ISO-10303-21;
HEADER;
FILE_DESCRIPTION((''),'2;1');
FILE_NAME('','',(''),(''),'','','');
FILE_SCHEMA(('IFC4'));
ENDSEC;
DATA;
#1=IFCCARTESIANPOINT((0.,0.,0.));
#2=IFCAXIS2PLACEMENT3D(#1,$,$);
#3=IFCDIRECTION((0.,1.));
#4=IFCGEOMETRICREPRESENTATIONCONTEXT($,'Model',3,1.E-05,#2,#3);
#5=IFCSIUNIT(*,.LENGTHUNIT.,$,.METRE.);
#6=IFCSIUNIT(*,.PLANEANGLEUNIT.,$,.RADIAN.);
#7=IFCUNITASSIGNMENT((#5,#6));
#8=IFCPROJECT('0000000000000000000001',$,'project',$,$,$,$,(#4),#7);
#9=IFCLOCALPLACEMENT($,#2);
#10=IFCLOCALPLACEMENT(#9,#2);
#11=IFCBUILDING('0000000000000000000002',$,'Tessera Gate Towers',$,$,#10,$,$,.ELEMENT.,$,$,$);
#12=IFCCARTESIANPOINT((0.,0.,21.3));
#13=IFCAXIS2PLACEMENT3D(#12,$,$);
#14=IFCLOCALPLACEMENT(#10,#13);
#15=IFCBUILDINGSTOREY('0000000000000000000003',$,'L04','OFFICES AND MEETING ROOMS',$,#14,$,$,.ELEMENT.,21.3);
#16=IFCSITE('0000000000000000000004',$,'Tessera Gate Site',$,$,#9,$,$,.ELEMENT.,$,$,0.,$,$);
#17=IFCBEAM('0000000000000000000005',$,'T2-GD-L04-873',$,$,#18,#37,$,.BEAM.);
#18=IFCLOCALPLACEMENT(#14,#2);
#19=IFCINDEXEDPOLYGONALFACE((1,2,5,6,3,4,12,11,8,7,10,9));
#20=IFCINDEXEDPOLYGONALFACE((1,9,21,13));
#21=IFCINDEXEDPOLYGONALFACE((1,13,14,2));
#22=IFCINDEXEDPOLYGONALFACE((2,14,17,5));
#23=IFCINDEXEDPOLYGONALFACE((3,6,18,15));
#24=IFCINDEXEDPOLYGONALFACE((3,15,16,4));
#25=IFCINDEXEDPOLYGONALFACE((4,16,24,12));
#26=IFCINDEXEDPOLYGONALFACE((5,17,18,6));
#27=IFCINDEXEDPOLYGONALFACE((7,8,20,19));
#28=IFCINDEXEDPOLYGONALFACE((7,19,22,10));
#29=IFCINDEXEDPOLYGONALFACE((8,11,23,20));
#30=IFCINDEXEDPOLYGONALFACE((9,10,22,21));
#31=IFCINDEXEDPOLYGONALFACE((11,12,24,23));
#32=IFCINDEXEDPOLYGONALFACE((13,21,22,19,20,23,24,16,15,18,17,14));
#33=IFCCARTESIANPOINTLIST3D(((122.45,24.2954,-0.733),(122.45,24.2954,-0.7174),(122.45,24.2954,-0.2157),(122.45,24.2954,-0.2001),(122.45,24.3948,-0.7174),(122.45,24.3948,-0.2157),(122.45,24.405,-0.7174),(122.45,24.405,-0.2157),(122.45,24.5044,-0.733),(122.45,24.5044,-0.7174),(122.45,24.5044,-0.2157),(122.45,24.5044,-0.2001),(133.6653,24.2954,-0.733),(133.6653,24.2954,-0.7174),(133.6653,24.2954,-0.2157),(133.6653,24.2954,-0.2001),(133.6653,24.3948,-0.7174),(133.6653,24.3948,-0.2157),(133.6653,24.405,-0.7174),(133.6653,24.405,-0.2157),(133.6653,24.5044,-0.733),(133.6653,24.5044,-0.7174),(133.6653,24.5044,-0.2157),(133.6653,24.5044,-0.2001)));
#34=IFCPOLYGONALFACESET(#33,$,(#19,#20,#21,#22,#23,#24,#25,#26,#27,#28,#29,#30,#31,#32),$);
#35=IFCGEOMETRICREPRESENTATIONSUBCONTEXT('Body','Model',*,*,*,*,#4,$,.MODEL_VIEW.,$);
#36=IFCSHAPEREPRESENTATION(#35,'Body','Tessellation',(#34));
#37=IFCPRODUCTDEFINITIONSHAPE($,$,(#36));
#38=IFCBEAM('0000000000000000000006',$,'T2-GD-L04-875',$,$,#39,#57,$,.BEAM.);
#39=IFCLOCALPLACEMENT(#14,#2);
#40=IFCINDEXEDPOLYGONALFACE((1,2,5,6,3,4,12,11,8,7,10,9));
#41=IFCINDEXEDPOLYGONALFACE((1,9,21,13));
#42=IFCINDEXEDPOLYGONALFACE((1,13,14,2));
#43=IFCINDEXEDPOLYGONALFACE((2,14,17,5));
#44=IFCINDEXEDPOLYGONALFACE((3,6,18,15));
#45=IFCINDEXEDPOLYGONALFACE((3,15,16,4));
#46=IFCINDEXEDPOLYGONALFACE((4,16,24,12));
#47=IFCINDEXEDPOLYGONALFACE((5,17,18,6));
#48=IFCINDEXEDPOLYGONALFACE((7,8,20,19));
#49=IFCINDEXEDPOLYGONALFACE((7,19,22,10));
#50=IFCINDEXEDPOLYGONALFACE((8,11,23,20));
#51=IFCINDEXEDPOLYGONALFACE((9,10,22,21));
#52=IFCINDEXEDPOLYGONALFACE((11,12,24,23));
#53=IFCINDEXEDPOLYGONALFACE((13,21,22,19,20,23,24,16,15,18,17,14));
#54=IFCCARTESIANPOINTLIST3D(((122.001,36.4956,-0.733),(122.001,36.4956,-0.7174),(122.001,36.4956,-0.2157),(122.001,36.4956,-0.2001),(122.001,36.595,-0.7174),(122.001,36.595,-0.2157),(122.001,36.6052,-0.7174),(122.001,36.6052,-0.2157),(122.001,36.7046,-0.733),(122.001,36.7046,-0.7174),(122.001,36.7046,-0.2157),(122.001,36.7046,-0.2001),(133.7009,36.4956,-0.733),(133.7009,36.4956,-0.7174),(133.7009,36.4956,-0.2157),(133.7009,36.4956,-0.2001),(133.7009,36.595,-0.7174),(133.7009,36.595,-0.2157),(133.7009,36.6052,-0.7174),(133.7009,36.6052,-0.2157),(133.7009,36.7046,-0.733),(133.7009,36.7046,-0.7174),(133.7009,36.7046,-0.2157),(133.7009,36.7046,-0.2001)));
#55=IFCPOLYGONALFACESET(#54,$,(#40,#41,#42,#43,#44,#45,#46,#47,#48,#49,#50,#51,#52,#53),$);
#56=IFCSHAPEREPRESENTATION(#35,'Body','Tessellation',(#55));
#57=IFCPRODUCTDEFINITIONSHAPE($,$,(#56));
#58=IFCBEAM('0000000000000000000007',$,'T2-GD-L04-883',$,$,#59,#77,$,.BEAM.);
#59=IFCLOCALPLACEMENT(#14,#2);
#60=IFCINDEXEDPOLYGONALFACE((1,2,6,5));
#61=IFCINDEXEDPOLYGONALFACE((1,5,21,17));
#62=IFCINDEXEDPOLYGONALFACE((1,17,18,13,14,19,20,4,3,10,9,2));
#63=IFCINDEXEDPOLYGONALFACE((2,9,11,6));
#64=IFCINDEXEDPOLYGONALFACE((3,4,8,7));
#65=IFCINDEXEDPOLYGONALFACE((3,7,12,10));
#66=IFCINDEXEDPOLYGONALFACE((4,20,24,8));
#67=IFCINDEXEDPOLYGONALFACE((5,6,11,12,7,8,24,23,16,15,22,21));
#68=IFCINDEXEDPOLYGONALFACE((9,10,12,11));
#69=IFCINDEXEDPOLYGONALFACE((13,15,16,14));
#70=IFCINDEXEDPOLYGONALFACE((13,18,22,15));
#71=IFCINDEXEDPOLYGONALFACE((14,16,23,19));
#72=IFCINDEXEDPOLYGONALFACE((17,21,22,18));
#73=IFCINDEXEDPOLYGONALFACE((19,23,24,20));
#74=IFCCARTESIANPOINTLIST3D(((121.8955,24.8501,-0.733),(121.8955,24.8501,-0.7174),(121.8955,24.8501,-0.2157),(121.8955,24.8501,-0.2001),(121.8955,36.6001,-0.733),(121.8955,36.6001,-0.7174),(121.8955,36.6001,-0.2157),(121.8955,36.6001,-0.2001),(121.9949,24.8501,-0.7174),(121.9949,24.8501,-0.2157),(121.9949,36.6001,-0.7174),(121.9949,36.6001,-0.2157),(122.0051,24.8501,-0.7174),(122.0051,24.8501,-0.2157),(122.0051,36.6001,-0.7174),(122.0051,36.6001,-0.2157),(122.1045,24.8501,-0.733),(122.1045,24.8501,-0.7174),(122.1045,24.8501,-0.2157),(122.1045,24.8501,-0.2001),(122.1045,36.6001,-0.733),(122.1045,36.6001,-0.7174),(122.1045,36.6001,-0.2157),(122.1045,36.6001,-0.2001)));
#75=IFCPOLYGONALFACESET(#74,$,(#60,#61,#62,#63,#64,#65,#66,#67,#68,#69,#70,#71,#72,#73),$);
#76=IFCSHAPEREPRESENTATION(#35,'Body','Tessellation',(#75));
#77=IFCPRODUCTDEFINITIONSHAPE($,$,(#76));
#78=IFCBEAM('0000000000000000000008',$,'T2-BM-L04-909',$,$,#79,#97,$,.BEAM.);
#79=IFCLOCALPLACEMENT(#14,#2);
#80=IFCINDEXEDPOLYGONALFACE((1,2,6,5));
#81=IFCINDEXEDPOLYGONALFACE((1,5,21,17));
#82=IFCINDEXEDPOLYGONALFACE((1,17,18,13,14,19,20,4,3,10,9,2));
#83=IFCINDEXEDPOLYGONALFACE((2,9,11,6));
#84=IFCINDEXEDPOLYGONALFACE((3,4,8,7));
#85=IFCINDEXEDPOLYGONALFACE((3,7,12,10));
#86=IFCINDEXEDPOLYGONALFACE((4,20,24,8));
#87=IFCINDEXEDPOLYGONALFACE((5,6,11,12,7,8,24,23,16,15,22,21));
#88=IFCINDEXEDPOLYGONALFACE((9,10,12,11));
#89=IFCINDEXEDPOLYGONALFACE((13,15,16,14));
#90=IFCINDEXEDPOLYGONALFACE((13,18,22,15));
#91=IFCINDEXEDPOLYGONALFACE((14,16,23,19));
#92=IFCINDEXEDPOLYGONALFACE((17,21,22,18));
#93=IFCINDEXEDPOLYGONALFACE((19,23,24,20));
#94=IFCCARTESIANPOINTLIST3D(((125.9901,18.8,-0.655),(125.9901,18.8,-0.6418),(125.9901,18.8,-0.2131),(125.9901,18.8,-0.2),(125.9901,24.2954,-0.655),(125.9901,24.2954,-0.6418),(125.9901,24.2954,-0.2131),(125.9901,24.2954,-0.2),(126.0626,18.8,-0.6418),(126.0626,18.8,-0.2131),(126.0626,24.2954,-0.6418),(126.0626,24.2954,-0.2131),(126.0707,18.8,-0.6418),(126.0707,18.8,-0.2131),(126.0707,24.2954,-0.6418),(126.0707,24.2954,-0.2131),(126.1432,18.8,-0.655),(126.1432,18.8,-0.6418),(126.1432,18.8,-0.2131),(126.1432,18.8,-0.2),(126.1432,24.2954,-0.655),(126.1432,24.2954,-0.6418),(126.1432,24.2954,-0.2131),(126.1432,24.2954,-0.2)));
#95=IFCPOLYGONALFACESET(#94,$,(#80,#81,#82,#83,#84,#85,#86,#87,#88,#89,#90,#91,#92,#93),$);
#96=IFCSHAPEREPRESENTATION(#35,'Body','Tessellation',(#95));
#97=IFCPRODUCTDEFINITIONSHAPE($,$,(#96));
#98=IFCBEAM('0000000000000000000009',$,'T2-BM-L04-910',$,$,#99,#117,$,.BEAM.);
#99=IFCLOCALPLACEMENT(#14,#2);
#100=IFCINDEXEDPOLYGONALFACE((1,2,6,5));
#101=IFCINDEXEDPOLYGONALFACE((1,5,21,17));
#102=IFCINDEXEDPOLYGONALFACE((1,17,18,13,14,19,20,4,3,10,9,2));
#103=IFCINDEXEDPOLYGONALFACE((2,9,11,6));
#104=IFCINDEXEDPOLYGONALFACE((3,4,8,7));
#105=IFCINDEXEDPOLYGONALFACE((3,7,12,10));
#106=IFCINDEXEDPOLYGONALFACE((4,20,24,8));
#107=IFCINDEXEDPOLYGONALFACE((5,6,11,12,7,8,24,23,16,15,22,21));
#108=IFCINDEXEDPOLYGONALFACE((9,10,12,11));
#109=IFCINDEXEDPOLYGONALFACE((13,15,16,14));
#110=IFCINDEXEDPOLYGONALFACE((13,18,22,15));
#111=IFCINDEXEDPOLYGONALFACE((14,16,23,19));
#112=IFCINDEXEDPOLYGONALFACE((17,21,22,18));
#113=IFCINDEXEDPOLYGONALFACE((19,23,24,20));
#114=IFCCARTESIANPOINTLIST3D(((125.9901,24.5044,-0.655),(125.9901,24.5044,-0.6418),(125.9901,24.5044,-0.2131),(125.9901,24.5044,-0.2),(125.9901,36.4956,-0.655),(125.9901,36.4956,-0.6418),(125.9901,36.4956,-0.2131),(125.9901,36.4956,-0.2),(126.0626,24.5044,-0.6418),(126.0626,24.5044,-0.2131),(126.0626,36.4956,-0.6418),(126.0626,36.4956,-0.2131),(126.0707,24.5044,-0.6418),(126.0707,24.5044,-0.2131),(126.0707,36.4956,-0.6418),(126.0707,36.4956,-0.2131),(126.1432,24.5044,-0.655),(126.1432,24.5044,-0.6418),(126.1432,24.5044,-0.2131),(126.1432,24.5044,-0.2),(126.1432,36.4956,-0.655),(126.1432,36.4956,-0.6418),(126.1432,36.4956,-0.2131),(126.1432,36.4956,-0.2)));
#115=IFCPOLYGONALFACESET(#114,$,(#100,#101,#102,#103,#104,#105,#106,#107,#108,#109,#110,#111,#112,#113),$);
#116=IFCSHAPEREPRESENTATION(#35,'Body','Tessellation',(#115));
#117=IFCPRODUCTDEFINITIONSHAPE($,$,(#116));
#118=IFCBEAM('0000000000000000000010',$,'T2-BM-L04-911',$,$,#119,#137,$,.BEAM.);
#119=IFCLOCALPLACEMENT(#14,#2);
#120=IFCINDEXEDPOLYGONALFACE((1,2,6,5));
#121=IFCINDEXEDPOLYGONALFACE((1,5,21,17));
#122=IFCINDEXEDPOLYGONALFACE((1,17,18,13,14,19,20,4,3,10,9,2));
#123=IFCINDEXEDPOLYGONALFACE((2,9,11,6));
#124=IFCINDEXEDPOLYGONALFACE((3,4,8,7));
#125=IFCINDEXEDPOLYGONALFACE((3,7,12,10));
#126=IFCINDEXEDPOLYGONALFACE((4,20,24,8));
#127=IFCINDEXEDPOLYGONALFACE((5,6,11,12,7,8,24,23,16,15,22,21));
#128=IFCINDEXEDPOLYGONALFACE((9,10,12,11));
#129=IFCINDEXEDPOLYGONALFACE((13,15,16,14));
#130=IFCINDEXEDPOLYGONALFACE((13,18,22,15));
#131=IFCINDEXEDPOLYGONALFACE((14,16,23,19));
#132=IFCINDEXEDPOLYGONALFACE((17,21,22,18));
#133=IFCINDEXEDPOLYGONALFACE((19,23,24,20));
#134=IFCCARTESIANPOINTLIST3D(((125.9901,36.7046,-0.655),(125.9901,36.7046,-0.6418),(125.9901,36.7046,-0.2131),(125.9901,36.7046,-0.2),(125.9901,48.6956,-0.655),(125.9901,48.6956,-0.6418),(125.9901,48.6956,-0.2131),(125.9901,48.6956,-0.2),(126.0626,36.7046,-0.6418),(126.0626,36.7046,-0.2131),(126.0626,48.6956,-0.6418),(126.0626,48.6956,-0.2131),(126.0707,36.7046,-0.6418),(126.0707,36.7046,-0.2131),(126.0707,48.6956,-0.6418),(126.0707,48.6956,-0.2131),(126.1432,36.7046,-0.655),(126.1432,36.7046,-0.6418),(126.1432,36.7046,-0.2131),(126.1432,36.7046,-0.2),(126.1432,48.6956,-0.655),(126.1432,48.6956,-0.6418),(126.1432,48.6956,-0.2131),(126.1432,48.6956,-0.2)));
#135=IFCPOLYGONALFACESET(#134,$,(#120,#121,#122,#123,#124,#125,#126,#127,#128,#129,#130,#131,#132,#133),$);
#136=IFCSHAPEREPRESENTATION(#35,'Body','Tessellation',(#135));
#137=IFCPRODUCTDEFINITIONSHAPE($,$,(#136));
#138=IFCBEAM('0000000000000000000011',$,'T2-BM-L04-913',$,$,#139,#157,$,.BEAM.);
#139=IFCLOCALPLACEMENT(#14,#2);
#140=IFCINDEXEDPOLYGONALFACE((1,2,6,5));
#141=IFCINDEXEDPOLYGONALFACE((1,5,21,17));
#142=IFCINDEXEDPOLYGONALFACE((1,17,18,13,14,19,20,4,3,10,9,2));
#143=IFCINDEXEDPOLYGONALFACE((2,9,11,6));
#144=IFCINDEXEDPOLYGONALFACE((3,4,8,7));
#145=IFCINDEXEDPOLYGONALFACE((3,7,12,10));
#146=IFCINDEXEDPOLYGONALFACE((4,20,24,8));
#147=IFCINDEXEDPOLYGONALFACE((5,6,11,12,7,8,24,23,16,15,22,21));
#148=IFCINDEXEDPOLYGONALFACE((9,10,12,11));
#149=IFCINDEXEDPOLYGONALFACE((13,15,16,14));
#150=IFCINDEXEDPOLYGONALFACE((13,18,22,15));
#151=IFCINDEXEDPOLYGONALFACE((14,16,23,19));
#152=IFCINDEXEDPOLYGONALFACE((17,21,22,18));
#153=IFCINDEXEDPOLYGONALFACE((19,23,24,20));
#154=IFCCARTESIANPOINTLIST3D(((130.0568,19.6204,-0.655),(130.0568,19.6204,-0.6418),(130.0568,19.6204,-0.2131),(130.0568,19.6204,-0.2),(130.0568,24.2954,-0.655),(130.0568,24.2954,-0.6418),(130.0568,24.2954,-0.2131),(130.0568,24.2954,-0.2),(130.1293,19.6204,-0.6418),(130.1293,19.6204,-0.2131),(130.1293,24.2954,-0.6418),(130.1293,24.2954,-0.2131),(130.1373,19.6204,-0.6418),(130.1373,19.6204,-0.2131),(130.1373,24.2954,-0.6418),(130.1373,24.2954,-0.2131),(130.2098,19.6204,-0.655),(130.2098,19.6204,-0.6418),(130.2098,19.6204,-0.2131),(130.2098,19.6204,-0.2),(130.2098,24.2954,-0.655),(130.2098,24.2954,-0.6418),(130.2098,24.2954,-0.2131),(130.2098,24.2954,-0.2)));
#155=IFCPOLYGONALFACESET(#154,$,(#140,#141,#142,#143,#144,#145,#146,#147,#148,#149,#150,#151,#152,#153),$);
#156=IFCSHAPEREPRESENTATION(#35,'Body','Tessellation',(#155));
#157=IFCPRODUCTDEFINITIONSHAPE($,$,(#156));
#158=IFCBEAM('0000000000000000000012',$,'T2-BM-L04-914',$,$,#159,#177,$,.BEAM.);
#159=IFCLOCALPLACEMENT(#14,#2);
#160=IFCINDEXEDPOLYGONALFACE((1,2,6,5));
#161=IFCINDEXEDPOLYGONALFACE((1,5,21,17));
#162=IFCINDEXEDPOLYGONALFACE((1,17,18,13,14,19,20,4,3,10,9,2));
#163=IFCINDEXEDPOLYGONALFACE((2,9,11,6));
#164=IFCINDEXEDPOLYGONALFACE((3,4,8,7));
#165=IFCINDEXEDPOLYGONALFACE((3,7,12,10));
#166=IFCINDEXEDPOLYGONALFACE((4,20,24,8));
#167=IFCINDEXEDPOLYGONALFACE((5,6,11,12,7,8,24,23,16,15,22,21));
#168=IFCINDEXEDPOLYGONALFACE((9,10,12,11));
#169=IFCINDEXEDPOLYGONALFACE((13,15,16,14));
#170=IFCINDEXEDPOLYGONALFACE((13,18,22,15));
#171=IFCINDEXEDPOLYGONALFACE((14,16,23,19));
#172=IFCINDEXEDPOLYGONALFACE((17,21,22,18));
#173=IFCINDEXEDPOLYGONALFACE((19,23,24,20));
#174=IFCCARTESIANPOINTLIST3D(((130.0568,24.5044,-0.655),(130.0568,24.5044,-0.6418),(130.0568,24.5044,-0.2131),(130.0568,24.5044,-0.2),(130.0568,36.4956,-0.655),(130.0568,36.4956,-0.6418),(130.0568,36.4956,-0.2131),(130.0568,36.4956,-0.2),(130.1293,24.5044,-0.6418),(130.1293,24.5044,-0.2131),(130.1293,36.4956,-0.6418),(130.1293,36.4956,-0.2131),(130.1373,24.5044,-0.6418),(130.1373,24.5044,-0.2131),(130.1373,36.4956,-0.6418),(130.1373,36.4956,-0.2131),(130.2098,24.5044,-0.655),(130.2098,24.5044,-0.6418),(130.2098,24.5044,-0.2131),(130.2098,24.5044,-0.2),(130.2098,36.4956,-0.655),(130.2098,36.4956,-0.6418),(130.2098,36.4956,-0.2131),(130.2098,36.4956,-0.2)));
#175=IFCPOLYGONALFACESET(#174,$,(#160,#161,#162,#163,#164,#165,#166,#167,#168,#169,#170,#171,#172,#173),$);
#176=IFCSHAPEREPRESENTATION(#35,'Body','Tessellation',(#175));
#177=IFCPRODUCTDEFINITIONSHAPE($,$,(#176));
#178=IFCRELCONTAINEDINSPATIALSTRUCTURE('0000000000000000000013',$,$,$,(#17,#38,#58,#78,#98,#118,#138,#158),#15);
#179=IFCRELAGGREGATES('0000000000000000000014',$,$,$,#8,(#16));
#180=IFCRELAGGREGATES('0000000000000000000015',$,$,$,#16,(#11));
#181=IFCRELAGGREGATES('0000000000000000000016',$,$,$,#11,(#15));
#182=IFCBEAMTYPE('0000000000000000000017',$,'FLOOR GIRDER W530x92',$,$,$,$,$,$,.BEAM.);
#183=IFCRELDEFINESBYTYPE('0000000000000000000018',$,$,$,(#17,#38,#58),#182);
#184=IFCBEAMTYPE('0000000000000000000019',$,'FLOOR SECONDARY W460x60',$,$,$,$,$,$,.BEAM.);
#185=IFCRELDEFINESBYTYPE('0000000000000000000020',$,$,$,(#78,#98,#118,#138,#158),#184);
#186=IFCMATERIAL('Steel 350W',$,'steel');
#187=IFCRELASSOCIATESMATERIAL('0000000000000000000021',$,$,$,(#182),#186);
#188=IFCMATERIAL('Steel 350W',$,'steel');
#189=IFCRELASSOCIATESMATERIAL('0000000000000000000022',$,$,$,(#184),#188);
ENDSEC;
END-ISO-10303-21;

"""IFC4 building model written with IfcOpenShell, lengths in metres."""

from ifc_helpers import new_model, si_unit, direction, frame, origin, origin_2d, place, context, subcontext, project, spatial, i_section, extrude, material, material_profile, profile_set, type_object, element, save


model = new_model("IFC4")

# Units and contexts
model_context = context("Model", 3, precision=1e-05, world=origin(), true_north=direction((0.0, 1.0)))
body_context = subcontext(model_context, "Body", "Model", "MODEL_VIEW")
ifc_project = project(units=[si_unit("LENGTHUNIT", "METRE"), si_unit("PLANEANGLEUNIT", "RADIAN")], contexts=[model_context])

# Site, building, storey
site_placement = place(None, origin())
site = spatial("IfcSite", under=ifc_project, at=site_placement, Name="Tessera Gate Site", CompositionType="ELEMENT", RefElevation=0.0)
building_placement = place(site_placement, origin())
building = spatial("IfcBuilding", under=site, at=building_placement, Name="Tessera Gate Towers", CompositionType="ELEMENT")
storey_placement = place(building_placement, frame((0.0, 0.0, 21.3)))
storey = spatial("IfcBuildingStorey", under=building, at=storey_placement, Name="L04", Description="OFFICES AND MEETING ROOMS", CompositionType="ELEMENT", Elevation=21.3)

# Beams
ifc_material_1 = material(Name="Steel 350W", Category="steel")
ifc_material_profile_1 = material_profile(ifc_material_1, i_section(OverallWidth=0.209, OverallDepth=0.533, WebThickness=0.0103, FlangeThickness=0.0156, at=origin_2d()), Name="W530x92")
ifc_profile_set_1 = profile_set([ifc_material_profile_1], Name="Steel 350W")
beam_type_1 = type_object("IfcBeamType", Name="FLOOR GIRDER W530x92", PredefinedType="BEAM", material=ifc_profile_set_1)
beam_1_placement = place(storey_placement, frame((122.45, 24.3999, -0.4666), z_axis=(1.0, 0.0, 0.0), x_axis=(0.0, 1.0, 0.0)))
element("IfcBeam", 1, at=beam_1_placement, inside=storey, type_object=beam_type_1, Name="T2-GD-L04-873", PredefinedType="BEAM", context=body_context, shape_type="SweptSolid", body=[
    extrude(i_section(OverallWidth=0.209, OverallDepth=0.533, WebThickness=0.0103, FlangeThickness=0.0156, at=origin_2d()), origin(), (0.0, 0.0, 1.0), 11.2153),
])
beam_2_placement = place(storey_placement, frame((122.001, 36.6001, -0.4666), z_axis=(1.0, 0.0, 0.0), x_axis=(0.0, 1.0, 0.0)))
element("IfcBeam", 2, at=beam_2_placement, inside=storey, type_object=beam_type_1, Name="T2-GD-L04-875", PredefinedType="BEAM", context=body_context, shape_type="SweptSolid", body=[
    extrude(i_section(OverallWidth=0.209, OverallDepth=0.533, WebThickness=0.0103, FlangeThickness=0.0156, at=origin_2d()), origin(), (0.0, 0.0, 1.0), 11.7),
])
beam_3_placement = place(storey_placement, frame((122.0, 24.8501, -0.4666), z_axis=(0.0, 1.0, 0.0), x_axis=(-1.0, 0.0, 0.0)))
element("IfcBeam", 3, at=beam_3_placement, inside=storey, type_object=beam_type_1, Name="T2-GD-L04-883", PredefinedType="BEAM", context=body_context, shape_type="SweptSolid", body=[
    extrude(i_section(OverallWidth=0.209, OverallDepth=0.533, WebThickness=0.0103, FlangeThickness=0.0156, at=origin_2d()), origin(), (0.0, 0.0, 1.0), 11.75),
])
ifc_material_2 = material(Name="Steel 350W", Category="steel")
ifc_material_profile_2 = material_profile(ifc_material_2, i_section(OverallWidth=0.1531, OverallDepth=0.4551, WebThickness=0.0081, FlangeThickness=0.0132, at=origin_2d()), Name="W460x60")
ifc_profile_set_2 = profile_set([ifc_material_profile_2], Name="Steel 350W")
beam_type_2 = type_object("IfcBeamType", Name="FLOOR SECONDARY W460x60", PredefinedType="BEAM", material=ifc_profile_set_2)
beam_4_placement = place(storey_placement, frame((126.0667, 18.8, -0.4275), z_axis=(0.0, 1.0, 0.0), x_axis=(-1.0, 0.0, 0.0)))
element("IfcBeam", 4, at=beam_4_placement, inside=storey, type_object=beam_type_2, Name="T2-BM-L04-909", PredefinedType="BEAM", context=body_context, shape_type="SweptSolid", body=[
    extrude(i_section(OverallWidth=0.1531, OverallDepth=0.4551, WebThickness=0.0081, FlangeThickness=0.0132, at=origin_2d()), origin(), (0.0, 0.0, 1.0), 5.4954),
])
beam_5_placement = place(storey_placement, frame((126.0667, 24.5044, -0.4275), z_axis=(0.0, 1.0, 0.0), x_axis=(-1.0, 0.0, 0.0)))
element("IfcBeam", 5, at=beam_5_placement, inside=storey, type_object=beam_type_2, Name="T2-BM-L04-910", PredefinedType="BEAM", context=body_context, shape_type="SweptSolid", body=[
    extrude(i_section(OverallWidth=0.1531, OverallDepth=0.4551, WebThickness=0.0081, FlangeThickness=0.0132, at=origin_2d()), origin(), (0.0, 0.0, 1.0), 11.9912),
])
beam_6_placement = place(storey_placement, frame((126.0667, 36.7046, -0.4275), z_axis=(0.0, 1.0, 0.0), x_axis=(-1.0, 0.0, 0.0)))
element("IfcBeam", 6, at=beam_6_placement, inside=storey, type_object=beam_type_2, Name="T2-BM-L04-911", PredefinedType="BEAM", context=body_context, shape_type="SweptSolid", body=[
    extrude(i_section(OverallWidth=0.1531, OverallDepth=0.4551, WebThickness=0.0081, FlangeThickness=0.0132, at=origin_2d()), origin(), (0.0, 0.0, 1.0), 11.991),
])
beam_7_placement = place(storey_placement, frame((130.1333, 19.6204, -0.4275), z_axis=(0.0, 1.0, 0.0), x_axis=(-1.0, 0.0, 0.0)))
element("IfcBeam", 7, at=beam_7_placement, inside=storey, type_object=beam_type_2, Name="T2-BM-L04-913", PredefinedType="BEAM", context=body_context, shape_type="SweptSolid", body=[
    extrude(i_section(OverallWidth=0.1531, OverallDepth=0.4551, WebThickness=0.0081, FlangeThickness=0.0132, at=origin_2d()), origin(), (0.0, 0.0, 1.0), 4.675),
])
beam_8_placement = place(storey_placement, frame((130.1333, 24.5044, -0.4275), z_axis=(0.0, 1.0, 0.0), x_axis=(-1.0, 0.0, 0.0)))
element("IfcBeam", 8, at=beam_8_placement, inside=storey, type_object=beam_type_2, Name="T2-BM-L04-914", PredefinedType="BEAM", context=body_context, shape_type="SweptSolid", body=[
    extrude(i_section(OverallWidth=0.1531, OverallDepth=0.4551, WebThickness=0.0081, FlangeThickness=0.0132, at=origin_2d()), origin(), (0.0, 0.0, 1.0), 11.9912),
])

save(model, "model.ifc")
